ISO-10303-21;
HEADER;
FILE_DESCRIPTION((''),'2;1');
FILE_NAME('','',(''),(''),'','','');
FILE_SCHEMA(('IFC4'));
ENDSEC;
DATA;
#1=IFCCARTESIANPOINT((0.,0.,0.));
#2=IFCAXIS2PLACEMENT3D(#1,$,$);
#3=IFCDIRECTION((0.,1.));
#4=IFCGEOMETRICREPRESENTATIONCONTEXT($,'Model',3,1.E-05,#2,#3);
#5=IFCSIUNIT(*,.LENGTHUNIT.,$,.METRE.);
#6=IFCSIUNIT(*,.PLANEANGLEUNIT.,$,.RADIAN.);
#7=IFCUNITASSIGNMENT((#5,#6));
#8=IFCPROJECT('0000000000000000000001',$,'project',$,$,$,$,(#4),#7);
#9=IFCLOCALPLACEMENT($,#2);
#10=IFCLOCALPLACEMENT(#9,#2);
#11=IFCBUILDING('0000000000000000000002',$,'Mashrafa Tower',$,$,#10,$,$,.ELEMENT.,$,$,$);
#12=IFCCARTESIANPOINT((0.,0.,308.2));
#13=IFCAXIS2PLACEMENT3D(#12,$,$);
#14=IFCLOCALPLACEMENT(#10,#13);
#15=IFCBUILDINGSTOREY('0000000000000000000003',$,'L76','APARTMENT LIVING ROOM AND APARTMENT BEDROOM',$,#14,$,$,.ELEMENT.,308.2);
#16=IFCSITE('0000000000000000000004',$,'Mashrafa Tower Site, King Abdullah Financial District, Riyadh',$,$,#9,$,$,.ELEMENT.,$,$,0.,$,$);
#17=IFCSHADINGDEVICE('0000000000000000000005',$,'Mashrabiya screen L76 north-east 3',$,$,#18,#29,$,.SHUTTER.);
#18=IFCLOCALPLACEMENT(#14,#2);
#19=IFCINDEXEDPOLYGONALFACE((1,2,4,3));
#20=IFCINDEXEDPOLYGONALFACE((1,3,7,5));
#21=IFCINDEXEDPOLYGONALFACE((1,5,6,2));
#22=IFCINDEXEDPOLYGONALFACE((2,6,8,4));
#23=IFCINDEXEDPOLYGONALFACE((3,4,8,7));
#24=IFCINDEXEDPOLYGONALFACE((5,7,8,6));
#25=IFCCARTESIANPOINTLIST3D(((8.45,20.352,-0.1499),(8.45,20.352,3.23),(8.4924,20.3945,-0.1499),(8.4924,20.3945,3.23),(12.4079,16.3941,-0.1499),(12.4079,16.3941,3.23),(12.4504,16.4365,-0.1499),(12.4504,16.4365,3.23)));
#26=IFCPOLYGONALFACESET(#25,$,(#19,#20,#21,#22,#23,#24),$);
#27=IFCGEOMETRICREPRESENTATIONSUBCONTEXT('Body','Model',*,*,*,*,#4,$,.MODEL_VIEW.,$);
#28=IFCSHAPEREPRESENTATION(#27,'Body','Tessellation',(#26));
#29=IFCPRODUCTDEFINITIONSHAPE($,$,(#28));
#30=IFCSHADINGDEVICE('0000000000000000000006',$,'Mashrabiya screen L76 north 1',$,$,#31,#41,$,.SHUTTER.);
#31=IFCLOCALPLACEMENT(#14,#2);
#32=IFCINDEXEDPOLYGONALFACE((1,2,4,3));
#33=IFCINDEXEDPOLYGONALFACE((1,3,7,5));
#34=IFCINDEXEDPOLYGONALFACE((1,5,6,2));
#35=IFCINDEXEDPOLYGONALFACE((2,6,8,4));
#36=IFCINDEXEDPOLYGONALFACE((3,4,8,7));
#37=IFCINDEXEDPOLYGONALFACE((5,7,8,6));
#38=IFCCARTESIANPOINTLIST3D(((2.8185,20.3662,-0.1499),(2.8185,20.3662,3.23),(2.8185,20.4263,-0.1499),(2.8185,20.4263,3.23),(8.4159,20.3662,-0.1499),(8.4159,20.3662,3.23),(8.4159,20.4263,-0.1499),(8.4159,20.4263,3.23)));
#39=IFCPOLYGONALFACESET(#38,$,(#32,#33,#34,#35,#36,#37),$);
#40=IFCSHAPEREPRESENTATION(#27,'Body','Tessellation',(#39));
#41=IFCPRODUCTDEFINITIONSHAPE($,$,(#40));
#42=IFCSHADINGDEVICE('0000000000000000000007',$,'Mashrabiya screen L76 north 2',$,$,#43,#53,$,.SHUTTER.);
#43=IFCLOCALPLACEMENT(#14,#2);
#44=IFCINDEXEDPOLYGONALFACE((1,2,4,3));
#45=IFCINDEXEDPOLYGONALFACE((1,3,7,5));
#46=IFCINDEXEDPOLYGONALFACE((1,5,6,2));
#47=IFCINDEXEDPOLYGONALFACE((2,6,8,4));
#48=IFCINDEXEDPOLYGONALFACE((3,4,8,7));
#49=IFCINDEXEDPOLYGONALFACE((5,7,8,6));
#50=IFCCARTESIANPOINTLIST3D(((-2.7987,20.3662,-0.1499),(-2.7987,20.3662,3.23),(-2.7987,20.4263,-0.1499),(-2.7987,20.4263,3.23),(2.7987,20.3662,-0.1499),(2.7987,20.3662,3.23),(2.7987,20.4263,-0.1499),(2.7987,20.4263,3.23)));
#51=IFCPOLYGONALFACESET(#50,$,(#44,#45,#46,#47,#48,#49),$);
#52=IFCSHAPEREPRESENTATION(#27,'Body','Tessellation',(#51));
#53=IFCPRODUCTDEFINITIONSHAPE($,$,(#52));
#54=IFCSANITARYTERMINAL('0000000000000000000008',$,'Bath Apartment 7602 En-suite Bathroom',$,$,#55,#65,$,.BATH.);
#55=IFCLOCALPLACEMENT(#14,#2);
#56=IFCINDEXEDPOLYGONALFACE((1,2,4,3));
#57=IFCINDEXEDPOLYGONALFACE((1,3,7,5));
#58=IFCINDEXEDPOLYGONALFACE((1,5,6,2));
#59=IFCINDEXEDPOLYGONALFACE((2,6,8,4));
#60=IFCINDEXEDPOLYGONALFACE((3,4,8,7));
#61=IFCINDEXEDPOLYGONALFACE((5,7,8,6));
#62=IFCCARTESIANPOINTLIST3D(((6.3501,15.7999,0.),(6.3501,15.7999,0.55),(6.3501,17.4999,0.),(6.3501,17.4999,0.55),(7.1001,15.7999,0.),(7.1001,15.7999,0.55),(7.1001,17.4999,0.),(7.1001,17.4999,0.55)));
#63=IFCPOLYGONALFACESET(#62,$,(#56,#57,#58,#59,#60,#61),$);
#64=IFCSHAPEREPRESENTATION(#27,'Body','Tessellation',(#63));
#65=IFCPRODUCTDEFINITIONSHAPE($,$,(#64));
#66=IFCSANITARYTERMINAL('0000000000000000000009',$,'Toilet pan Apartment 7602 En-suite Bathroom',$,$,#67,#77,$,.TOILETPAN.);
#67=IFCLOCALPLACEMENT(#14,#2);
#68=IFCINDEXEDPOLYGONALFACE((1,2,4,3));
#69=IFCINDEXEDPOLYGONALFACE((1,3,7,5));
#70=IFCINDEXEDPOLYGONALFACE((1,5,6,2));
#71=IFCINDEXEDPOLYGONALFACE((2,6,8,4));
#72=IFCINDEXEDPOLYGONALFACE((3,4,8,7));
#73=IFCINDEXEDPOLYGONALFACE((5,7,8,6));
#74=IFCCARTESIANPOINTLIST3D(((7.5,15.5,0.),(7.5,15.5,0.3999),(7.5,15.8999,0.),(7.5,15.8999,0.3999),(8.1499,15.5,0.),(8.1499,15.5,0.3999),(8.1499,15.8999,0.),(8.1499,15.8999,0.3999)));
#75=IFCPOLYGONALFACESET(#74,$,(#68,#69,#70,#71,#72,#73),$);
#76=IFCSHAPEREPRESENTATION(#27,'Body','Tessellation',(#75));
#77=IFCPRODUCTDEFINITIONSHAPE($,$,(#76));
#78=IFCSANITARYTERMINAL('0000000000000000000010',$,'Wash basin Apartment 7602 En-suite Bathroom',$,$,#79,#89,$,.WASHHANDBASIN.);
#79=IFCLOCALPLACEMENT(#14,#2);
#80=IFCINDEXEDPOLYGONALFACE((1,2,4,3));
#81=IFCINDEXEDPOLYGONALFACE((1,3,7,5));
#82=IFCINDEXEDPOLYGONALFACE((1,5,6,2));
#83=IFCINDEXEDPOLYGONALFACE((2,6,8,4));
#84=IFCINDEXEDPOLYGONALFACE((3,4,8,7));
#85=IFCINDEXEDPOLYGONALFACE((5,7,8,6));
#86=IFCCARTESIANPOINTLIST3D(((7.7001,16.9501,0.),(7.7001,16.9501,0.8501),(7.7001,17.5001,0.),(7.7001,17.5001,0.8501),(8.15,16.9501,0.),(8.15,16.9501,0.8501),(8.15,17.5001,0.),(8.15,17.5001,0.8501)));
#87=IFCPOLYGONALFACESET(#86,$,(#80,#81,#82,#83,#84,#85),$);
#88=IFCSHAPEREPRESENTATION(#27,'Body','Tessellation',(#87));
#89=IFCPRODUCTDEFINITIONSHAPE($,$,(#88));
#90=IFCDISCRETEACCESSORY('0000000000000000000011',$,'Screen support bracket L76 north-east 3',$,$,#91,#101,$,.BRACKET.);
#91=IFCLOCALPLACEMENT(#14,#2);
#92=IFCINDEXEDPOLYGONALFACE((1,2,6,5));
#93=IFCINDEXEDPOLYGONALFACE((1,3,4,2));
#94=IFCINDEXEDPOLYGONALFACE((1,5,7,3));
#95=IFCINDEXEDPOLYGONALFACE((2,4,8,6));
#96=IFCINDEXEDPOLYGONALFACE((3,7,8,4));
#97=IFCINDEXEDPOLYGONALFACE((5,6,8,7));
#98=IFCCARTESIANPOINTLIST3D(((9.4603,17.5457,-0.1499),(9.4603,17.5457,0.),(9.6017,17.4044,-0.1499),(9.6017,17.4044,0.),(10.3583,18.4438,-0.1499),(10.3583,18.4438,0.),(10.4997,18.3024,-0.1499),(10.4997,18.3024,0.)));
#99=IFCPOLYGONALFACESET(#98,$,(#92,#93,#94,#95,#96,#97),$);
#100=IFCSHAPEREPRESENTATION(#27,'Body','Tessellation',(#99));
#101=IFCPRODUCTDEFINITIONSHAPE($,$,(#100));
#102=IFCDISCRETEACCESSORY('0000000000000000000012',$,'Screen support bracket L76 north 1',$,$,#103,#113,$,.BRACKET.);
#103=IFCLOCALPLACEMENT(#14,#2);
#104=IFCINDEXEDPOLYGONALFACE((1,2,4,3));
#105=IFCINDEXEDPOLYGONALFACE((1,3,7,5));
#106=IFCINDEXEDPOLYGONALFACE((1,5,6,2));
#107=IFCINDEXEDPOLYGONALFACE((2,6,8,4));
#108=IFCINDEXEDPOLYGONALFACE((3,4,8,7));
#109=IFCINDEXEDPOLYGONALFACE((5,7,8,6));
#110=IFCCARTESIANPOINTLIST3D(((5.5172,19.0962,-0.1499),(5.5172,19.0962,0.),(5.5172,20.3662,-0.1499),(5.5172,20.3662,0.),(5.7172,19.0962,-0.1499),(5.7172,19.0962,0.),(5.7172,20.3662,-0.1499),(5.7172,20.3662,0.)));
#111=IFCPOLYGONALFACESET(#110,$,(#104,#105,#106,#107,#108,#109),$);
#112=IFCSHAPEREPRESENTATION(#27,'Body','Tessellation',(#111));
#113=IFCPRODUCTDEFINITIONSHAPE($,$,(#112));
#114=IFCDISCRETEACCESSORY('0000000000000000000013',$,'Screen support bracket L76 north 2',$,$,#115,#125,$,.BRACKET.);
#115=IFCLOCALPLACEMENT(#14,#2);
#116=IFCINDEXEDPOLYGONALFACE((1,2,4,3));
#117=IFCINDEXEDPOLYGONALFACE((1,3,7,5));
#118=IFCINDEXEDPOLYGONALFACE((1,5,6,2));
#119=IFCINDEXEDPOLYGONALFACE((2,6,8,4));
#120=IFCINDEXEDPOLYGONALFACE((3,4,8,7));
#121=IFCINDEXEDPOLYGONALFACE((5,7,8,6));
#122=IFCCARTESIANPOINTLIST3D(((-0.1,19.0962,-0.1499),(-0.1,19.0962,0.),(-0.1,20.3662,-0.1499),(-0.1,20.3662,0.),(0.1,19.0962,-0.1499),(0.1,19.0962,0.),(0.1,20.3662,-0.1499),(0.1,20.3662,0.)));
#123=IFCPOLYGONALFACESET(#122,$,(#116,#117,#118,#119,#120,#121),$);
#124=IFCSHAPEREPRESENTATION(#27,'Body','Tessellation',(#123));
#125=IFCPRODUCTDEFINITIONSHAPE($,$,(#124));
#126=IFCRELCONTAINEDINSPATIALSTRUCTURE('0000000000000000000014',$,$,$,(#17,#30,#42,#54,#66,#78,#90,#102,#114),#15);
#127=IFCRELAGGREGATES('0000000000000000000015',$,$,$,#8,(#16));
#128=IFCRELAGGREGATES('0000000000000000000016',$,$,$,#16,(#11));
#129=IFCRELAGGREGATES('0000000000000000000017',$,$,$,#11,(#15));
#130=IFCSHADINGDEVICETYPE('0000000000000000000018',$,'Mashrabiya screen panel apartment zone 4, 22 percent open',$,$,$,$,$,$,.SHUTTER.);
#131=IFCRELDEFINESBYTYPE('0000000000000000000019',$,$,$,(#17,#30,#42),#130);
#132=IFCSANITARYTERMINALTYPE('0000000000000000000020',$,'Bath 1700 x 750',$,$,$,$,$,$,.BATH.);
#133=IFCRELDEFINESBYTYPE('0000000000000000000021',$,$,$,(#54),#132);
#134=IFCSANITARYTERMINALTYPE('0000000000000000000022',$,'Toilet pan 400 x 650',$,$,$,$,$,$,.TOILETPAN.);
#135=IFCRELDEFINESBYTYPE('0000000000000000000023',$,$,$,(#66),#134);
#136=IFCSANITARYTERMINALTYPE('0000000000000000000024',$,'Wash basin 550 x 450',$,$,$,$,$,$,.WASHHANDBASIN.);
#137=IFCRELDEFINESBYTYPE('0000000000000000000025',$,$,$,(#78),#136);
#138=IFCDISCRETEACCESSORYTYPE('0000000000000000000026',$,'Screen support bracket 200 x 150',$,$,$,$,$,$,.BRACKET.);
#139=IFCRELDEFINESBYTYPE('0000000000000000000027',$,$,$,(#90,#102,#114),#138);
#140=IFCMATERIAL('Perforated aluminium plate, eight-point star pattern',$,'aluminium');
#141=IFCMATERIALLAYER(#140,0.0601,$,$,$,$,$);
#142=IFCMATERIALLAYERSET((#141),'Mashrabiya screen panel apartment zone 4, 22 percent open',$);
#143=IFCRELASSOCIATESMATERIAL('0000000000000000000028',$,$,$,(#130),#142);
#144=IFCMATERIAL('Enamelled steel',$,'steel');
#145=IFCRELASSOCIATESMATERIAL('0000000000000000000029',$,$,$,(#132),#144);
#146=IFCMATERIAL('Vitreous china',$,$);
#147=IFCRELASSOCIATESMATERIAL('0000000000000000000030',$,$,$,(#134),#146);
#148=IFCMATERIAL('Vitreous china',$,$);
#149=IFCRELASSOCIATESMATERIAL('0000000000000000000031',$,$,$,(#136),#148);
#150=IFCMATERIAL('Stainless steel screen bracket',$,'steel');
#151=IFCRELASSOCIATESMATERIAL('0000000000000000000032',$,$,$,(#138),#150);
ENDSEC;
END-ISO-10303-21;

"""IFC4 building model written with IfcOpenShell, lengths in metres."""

from ifc_helpers import new_model, si_unit, direction, frame, origin, origin_2d, place, context, subcontext, project, spatial, rectangle, extrude, source, transform, mapped, material, layer, layer_set, type_object, type_shapes, element, save


model = new_model("IFC4")

# Units and contexts
model_context = context("Model", 3, precision=1e-05, world=origin(), true_north=direction((0.0, 1.0)))
body_context = subcontext(model_context, "Body", "Model", "MODEL_VIEW")
ifc_project = project(units=[si_unit("LENGTHUNIT", "METRE"), si_unit("PLANEANGLEUNIT", "RADIAN")], contexts=[model_context])

# Site, building, storey
site_placement = place(None, origin())
site = spatial("IfcSite", under=ifc_project, at=site_placement, Name="Mashrafa Tower Site, King Abdullah Financial District, Riyadh", CompositionType="ELEMENT", RefElevation=0.0)
building_placement = place(site_placement, origin())
building = spatial("IfcBuilding", under=site, at=building_placement, Name="Mashrafa Tower", CompositionType="ELEMENT")
storey_placement = place(building_placement, frame((0.0, 0.0, 308.2)))
storey = spatial("IfcBuildingStorey", under=building, at=storey_placement, Name="L76", Description="APARTMENT LIVING ROOM AND APARTMENT BEDROOM", CompositionType="ELEMENT", Elevation=308.2)

# Shading devices
ifc_material_1 = material(Name="Perforated aluminium plate, eight-point star pattern", Category="aluminium")
ifc_layer_1 = layer(ifc_material_1, 0.0601)
ifc_layer_set_1 = layer_set([ifc_layer_1], Name="Mashrabiya screen panel apartment zone 4, 22 percent open")
shading_device_type = type_object("IfcShadingDeviceType", Name="Mashrabiya screen panel apartment zone 4, 22 percent open", PredefinedType="SHUTTER", material=ifc_layer_set_1)
shared_shape_1 = source(origin(), body_context, "Body", "SweptSolid", [
    extrude(rectangle(XDim=5.5974, YDim=0.0601, at=origin_2d()), origin(), (0.0, 0.0, 1.0), 3.3799),
])
type_shapes(shading_device_type, [shared_shape_1])
for number, where, z_axis, x_axis, name in (
    (1, (10.4502, 18.3943, -0.1499), (0.0, 0.0, 1.0), (-0.707107, 0.707107, 0.0), "Mashrabiya screen L76 north-east 3"),
    (2, (5.6172, 20.3962, -0.1499), (0.0, 0.0, 1.0), (-1.0, 0.0, 0.0), "Mashrabiya screen L76 north 1"),
    (3, (0.0, 20.3962, -0.1499), (0.0, 0.0, 1.0), (-1.0, 0.0, 0.0), "Mashrabiya screen L76 north 2"),
):
    element("IfcShadingDevice", number, at=place(storey_placement, frame(where, z_axis=z_axis, x_axis=x_axis)), inside=storey, type_object=shading_device_type, Name=name, PredefinedType="SHUTTER", context=body_context, shape_type="MappedRepresentation", body=[
        mapped(shared_shape_1, transform((0.0, 0.0, 0.0))),
    ])

# Sanitary terminals
ifc_material_2 = material(Name="Enamelled steel", Category="steel")
sanitary_terminal_type_1 = type_object("IfcSanitaryTerminalType", Name="Bath 1700 x 750", PredefinedType="BATH", material=ifc_material_2)
sanitary_terminal_1_placement = place(storey_placement, frame((6.7251, 16.6499, 0.0), z_axis=(0.0, 0.0, 1.0), x_axis=(0.0, -1.0, 0.0)))
element("IfcSanitaryTerminal", 4, at=sanitary_terminal_1_placement, inside=storey, type_object=sanitary_terminal_type_1, Name="Bath Apartment 7602 En-suite Bathroom", PredefinedType="BATH", context=body_context, shape_type="SweptSolid", body=[
    extrude(rectangle(XDim=1.7, YDim=0.75, at=origin_2d()), origin(), (0.0, 0.0, 1.0), 0.55),
])
ifc_material_3 = material(Name="Vitreous china")
sanitary_terminal_type_2 = type_object("IfcSanitaryTerminalType", Name="Toilet pan 400 x 650", PredefinedType="TOILETPAN", material=ifc_material_3)
sanitary_terminal_2_placement = place(storey_placement, frame((7.825, 15.7, 0.0), z_axis=(0.0, 0.0, 1.0), x_axis=(0.0, 1.0, 0.0)))
element("IfcSanitaryTerminal", 5, at=sanitary_terminal_2_placement, inside=storey, type_object=sanitary_terminal_type_2, Name="Toilet pan Apartment 7602 En-suite Bathroom", PredefinedType="TOILETPAN", context=body_context, shape_type="SweptSolid", body=[
    extrude(rectangle(XDim=0.3999, YDim=0.6499, at=origin_2d()), origin(), (0.0, 0.0, 1.0), 0.3999),
])
ifc_material_4 = material(Name="Vitreous china")
sanitary_terminal_type_3 = type_object("IfcSanitaryTerminalType", Name="Wash basin 550 x 450", PredefinedType="WASHHANDBASIN", material=ifc_material_4)
sanitary_terminal_3_placement = place(storey_placement, frame((7.925, 17.2251, 0.0), z_axis=(0.0, 0.0, 1.0), x_axis=(0.0, 1.0, 0.0)))
element("IfcSanitaryTerminal", 6, at=sanitary_terminal_3_placement, inside=storey, type_object=sanitary_terminal_type_3, Name="Wash basin Apartment 7602 En-suite Bathroom", PredefinedType="WASHHANDBASIN", context=body_context, shape_type="SweptSolid", body=[
    extrude(rectangle(XDim=0.55, YDim=0.45, at=origin_2d()), origin(), (0.0, 0.0, 1.0), 0.8501),
])

# Discrete accessories
ifc_material_5 = material(Name="Stainless steel screen bracket", Category="steel")
discrete_accessory_type = type_object("IfcDiscreteAccessoryType", Name="Screen support bracket 200 x 150", PredefinedType="BRACKET", material=ifc_material_5)
shared_shape_2 = source(origin(), body_context, "Body", "SweptSolid", [
    extrude(rectangle(XDim=0.2, YDim=1.27, at=origin_2d()), origin(), (0.0, 0.0, 1.0), 0.1499),
])
type_shapes(discrete_accessory_type, [shared_shape_2])
for number, where, z_axis, x_axis, name in (
    (7, (9.98, 17.9241, -0.1499), (0.0, 0.0, 1.0), (-0.707107, 0.707107, 0.0), "Screen support bracket L76 north-east 3"),
    (8, (5.6172, 19.7312, -0.1499), (0.0, 0.0, 1.0), (-1.0, 0.0, 0.0), "Screen support bracket L76 north 1"),
    (9, (0.0, 19.7312, -0.1499), (0.0, 0.0, 1.0), (-1.0, 0.0, 0.0), "Screen support bracket L76 north 2"),
):
    element("IfcDiscreteAccessory", number, at=place(storey_placement, frame(where, z_axis=z_axis, x_axis=x_axis)), inside=storey, type_object=discrete_accessory_type, Name=name, PredefinedType="BRACKET", context=body_context, shape_type="MappedRepresentation", body=[
        mapped(shared_shape_2, transform((0.0, 0.0, 0.0))),
    ])

save(model, "model.ifc")
